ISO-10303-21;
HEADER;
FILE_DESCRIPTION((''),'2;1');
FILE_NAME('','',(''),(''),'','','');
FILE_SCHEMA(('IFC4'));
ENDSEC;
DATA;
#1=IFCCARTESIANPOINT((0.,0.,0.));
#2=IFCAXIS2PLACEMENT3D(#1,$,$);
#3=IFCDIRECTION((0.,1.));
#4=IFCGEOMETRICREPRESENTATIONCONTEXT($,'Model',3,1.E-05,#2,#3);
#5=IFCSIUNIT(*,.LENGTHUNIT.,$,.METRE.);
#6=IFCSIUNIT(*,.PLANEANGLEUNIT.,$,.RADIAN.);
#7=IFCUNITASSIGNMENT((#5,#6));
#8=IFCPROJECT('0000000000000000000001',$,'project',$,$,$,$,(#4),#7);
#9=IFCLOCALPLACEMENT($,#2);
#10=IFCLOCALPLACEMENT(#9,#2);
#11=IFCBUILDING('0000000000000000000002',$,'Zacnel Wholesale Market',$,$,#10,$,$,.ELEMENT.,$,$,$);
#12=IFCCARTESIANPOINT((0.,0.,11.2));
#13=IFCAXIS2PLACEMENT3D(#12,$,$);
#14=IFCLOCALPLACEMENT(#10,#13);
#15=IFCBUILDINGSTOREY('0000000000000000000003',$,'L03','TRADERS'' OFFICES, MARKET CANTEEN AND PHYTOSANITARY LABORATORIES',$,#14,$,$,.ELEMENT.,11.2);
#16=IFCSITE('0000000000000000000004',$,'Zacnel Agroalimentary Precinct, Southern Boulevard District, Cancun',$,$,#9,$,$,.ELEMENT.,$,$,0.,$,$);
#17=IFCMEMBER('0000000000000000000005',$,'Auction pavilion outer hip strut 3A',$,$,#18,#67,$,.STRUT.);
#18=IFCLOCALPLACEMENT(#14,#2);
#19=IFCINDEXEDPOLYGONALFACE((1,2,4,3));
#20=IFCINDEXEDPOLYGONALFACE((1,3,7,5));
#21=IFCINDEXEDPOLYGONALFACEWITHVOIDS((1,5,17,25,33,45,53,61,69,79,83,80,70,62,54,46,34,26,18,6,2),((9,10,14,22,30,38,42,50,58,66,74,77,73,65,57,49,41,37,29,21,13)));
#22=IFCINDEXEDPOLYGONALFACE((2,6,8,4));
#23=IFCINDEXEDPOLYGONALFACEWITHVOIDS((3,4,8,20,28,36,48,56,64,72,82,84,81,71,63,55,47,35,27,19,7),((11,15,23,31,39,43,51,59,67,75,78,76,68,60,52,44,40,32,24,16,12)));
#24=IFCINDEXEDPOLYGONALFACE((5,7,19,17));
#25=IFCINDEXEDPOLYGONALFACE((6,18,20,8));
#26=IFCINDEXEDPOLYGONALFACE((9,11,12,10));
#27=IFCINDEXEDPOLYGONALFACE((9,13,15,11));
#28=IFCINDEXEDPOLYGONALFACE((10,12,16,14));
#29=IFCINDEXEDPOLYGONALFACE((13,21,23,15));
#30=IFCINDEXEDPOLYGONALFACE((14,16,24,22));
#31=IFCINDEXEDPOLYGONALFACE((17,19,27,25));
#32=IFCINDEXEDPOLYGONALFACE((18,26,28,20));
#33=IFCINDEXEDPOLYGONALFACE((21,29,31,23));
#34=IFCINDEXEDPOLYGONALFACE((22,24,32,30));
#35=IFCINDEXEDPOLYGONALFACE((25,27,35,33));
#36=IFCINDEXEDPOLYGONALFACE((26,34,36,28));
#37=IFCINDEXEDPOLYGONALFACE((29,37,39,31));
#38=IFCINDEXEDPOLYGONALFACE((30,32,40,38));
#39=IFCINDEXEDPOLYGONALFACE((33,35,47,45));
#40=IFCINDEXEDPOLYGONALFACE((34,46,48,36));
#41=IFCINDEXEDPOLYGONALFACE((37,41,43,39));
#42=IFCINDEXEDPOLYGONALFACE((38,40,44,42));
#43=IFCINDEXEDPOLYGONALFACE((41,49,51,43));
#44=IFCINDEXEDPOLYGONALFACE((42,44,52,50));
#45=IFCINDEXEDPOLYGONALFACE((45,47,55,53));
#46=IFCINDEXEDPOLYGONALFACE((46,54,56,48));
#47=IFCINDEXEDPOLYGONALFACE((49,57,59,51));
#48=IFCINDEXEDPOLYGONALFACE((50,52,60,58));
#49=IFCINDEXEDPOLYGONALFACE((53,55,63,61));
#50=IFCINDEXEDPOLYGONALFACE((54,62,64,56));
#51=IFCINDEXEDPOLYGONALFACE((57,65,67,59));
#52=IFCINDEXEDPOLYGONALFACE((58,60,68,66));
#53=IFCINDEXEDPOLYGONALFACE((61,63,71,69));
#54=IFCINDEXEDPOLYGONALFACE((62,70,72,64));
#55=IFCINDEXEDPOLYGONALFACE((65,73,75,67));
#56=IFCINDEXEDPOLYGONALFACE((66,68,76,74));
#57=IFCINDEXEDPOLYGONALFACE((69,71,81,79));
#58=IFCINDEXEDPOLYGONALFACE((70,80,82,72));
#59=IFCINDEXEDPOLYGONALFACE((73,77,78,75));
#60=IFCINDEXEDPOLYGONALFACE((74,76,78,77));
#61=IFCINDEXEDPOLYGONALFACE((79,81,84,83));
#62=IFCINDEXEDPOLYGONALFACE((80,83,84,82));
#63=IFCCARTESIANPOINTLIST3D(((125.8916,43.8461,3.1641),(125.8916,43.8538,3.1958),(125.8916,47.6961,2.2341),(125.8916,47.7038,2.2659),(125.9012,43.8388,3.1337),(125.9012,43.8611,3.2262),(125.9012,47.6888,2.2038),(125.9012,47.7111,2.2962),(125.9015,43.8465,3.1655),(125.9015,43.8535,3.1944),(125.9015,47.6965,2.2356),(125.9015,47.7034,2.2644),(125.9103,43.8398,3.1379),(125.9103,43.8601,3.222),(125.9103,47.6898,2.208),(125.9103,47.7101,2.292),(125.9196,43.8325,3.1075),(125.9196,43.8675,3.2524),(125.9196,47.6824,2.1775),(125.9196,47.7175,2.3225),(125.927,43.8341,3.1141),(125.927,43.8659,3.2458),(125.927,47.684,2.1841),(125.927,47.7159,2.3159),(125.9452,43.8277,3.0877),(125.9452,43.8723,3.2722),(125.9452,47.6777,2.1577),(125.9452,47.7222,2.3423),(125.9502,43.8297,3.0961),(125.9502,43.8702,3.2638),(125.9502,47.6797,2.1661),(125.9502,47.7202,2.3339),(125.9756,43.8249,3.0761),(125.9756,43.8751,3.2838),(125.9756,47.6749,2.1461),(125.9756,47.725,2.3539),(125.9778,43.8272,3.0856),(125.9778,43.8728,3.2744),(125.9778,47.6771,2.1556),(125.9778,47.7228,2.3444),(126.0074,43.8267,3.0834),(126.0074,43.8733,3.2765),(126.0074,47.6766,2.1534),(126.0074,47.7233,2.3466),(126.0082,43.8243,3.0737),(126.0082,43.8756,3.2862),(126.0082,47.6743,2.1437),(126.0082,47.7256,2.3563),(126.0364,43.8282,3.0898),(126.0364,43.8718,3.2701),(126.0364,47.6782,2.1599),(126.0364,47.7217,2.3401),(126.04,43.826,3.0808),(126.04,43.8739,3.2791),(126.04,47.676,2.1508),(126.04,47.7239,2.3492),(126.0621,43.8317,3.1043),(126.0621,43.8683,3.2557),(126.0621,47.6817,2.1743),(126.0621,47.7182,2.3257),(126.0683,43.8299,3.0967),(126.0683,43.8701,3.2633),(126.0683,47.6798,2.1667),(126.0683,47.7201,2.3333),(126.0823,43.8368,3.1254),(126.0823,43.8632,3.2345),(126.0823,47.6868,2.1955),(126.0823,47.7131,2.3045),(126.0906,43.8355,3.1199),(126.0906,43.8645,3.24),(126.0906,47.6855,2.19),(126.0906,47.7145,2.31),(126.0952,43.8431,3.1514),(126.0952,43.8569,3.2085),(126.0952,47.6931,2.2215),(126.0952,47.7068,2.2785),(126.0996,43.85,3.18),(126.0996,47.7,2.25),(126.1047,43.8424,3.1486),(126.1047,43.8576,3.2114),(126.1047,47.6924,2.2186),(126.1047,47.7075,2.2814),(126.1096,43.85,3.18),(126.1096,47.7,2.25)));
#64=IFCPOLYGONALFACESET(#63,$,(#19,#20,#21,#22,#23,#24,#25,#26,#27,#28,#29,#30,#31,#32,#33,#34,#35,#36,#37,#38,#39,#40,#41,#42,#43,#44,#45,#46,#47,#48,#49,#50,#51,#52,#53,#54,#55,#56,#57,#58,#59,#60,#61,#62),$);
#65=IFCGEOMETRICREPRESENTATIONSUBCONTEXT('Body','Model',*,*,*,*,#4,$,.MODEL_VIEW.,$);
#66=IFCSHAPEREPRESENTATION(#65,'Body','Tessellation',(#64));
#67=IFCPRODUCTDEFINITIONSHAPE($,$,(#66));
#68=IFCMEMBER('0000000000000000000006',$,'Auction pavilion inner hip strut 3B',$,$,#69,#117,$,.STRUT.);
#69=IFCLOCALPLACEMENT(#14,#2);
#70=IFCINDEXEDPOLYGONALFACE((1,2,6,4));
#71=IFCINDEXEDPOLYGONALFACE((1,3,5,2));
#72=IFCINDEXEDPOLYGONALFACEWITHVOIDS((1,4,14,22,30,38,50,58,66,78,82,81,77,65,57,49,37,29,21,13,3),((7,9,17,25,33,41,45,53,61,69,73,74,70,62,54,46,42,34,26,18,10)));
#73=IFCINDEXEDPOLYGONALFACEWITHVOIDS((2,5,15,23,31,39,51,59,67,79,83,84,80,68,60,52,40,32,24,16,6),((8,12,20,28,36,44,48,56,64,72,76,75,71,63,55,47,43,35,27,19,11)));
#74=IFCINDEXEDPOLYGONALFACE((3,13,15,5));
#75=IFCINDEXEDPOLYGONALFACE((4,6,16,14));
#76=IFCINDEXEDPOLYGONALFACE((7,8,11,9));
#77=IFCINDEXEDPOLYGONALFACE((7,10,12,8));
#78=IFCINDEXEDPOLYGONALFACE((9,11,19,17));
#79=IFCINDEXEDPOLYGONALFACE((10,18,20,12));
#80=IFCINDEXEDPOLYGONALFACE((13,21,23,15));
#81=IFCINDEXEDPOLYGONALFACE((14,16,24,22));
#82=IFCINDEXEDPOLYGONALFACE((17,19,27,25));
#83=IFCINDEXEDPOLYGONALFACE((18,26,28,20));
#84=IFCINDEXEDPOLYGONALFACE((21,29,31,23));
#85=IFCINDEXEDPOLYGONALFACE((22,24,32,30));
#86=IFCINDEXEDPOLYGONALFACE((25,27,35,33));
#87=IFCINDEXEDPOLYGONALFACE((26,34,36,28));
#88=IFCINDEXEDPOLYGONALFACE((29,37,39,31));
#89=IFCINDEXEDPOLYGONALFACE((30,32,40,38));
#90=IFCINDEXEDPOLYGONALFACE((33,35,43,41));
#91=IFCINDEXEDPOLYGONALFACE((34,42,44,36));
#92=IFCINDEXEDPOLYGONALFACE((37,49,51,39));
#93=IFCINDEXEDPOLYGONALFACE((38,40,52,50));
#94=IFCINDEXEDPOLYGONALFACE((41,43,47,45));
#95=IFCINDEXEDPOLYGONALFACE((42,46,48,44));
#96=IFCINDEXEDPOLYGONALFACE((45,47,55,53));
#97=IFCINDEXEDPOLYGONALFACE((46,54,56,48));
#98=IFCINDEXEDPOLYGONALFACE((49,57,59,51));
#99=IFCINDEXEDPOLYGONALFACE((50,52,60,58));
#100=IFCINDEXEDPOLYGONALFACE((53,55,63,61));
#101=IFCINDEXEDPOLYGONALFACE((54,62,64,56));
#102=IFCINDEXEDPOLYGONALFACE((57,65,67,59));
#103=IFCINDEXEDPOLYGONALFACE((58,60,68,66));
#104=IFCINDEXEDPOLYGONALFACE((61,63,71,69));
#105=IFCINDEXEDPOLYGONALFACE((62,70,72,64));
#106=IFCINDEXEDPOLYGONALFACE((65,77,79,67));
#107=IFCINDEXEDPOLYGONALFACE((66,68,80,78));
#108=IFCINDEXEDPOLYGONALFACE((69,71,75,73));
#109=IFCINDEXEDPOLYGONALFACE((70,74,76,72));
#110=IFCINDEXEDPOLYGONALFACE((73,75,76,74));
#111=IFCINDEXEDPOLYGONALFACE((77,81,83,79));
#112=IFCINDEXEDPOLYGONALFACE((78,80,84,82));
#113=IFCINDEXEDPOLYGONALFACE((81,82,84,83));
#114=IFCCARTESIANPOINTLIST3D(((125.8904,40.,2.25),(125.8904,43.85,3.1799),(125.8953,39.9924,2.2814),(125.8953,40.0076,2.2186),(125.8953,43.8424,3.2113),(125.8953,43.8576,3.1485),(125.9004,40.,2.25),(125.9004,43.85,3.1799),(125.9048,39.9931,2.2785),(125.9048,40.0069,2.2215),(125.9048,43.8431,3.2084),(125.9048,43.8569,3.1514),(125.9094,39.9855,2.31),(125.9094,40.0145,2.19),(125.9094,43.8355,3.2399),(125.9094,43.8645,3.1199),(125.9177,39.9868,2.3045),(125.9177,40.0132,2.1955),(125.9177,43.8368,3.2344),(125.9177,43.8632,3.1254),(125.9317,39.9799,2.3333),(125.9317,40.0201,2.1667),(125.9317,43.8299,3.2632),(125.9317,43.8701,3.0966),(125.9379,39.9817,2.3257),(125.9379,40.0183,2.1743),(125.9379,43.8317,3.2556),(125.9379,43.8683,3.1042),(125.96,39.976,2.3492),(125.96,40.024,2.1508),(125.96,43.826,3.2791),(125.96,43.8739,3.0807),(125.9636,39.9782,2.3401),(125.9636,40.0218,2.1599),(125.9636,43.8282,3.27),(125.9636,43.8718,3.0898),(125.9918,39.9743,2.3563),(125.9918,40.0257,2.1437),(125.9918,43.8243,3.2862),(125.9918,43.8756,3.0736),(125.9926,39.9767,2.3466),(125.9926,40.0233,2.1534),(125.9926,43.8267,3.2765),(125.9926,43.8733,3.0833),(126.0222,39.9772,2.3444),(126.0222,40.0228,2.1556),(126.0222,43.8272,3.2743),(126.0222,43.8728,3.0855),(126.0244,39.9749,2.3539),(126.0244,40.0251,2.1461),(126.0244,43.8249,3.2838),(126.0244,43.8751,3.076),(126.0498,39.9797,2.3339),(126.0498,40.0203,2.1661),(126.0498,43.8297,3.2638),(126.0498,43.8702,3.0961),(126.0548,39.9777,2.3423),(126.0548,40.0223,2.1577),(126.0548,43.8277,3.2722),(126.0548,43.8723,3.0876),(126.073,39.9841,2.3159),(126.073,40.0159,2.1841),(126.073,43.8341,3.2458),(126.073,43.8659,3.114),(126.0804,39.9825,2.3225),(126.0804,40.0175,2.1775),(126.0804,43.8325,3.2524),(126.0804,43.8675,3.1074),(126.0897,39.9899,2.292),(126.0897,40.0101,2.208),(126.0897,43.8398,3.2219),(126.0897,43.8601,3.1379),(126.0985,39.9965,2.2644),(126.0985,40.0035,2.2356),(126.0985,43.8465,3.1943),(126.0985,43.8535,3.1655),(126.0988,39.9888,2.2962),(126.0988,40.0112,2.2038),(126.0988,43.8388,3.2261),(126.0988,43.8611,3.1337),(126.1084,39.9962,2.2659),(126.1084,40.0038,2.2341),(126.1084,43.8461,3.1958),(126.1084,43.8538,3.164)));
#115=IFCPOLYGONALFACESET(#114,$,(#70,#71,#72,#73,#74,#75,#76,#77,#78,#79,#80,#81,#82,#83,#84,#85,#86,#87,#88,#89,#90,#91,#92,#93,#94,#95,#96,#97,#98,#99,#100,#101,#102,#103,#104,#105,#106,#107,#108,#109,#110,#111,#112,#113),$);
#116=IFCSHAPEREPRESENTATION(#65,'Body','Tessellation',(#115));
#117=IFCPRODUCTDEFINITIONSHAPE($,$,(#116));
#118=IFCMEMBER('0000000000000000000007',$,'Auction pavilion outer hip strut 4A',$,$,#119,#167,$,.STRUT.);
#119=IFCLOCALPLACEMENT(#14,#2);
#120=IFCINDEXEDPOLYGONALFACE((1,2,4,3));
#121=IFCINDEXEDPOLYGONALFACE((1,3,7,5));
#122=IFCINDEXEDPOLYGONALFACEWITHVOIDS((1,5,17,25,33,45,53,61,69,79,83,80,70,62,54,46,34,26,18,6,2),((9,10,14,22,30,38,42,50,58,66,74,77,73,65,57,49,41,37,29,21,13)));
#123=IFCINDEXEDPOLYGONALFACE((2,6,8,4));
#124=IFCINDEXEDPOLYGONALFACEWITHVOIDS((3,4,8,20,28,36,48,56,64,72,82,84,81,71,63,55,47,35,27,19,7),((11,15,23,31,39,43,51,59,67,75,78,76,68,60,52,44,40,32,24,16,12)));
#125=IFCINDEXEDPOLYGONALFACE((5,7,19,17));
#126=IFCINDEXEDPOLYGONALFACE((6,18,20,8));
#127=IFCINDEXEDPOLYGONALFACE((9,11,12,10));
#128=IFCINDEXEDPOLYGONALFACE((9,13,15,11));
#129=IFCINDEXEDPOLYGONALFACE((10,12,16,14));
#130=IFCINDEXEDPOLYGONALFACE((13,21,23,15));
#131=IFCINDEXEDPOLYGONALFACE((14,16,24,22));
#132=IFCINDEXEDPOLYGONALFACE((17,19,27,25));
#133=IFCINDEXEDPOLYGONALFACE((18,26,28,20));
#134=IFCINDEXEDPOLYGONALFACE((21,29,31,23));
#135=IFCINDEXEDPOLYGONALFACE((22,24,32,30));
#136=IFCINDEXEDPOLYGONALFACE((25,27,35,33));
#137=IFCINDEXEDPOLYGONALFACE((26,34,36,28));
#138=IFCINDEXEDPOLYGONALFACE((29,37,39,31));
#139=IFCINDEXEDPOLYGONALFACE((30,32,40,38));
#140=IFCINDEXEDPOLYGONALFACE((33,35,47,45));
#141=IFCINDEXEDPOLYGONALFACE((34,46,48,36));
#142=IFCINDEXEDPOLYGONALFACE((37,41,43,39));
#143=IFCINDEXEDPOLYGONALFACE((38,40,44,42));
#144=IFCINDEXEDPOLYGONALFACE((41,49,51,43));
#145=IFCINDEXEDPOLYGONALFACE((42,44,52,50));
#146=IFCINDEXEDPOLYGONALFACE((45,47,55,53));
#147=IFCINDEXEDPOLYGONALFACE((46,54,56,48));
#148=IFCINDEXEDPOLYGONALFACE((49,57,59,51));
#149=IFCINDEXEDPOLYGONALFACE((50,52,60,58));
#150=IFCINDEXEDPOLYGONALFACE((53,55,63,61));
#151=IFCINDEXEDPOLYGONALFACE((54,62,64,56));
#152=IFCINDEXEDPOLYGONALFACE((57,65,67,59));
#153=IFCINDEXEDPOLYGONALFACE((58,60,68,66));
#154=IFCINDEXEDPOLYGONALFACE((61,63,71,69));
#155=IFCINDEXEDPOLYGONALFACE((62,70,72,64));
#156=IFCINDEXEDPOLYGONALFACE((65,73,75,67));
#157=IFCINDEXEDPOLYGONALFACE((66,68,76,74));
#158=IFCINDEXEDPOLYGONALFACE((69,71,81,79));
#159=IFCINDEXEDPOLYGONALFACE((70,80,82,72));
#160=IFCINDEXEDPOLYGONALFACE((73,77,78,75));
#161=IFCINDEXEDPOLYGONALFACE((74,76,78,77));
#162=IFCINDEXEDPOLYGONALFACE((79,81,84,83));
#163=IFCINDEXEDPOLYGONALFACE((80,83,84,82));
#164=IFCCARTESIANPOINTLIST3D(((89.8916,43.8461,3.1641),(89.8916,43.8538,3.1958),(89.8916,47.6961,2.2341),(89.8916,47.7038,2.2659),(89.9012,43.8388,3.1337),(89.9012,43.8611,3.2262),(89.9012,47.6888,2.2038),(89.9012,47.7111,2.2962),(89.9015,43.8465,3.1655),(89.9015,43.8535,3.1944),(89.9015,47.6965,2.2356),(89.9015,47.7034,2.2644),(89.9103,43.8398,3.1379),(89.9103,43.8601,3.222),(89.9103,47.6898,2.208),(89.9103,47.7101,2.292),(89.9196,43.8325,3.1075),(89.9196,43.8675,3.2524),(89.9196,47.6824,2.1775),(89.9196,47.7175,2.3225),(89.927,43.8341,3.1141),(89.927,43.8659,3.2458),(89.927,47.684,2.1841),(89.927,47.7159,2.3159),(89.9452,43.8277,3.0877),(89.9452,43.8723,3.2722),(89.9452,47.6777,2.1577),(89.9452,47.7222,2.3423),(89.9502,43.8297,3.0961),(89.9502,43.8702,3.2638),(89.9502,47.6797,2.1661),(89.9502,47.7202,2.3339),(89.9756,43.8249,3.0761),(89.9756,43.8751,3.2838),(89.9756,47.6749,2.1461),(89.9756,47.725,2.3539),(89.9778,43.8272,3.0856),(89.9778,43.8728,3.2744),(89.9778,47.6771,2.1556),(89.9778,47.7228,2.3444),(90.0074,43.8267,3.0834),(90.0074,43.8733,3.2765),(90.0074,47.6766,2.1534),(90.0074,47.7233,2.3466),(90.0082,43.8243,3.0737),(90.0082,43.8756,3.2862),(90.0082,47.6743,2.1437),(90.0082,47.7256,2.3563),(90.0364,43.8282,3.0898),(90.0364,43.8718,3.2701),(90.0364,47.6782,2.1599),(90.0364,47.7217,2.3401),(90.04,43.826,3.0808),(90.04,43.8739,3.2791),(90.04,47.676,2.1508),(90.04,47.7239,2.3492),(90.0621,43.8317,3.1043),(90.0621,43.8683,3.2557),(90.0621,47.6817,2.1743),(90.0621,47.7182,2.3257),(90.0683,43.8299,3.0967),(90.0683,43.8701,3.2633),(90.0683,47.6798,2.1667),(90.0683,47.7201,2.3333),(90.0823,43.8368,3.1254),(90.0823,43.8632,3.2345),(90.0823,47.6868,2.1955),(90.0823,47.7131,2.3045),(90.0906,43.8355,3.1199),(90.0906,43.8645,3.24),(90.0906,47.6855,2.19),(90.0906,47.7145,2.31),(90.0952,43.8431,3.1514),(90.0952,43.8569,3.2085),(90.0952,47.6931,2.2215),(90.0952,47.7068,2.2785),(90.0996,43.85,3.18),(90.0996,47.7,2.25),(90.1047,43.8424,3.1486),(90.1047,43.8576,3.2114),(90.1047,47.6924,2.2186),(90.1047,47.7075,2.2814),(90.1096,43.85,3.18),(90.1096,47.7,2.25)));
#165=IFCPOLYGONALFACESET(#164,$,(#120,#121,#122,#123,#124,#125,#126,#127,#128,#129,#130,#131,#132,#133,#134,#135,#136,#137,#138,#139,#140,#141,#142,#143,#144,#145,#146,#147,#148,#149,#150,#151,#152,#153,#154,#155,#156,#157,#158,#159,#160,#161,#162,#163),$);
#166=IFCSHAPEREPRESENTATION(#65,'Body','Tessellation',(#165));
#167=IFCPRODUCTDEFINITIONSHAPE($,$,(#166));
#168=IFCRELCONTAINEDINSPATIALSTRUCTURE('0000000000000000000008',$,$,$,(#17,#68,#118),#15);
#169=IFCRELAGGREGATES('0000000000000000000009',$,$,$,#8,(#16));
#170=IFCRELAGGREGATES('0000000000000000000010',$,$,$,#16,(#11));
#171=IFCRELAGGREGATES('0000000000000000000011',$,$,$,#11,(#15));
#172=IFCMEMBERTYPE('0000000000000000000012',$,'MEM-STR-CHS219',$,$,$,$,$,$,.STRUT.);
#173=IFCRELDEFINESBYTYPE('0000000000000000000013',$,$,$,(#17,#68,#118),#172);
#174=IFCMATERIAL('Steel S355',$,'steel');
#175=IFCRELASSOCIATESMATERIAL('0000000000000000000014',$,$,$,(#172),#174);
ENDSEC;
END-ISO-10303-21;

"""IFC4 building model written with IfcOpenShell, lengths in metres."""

from ifc_helpers import new_model, si_unit, direction, frame, origin, origin_2d, place, context, subcontext, project, spatial, hollow_circle, extrude, material, material_profile, profile_set, type_object, element, save


model = new_model("IFC4")

# Units and contexts
model_context = context("Model", 3, precision=1e-05, world=origin(), true_north=direction((0.0, 1.0)))
body_context = subcontext(model_context, "Body", "Model", "MODEL_VIEW")
ifc_project = project(units=[si_unit("LENGTHUNIT", "METRE"), si_unit("PLANEANGLEUNIT", "RADIAN")], contexts=[model_context])

# Site, building, storey
site_placement = place(None, origin())
site = spatial("IfcSite", under=ifc_project, at=site_placement, Name="Zacnel Agroalimentary Precinct, Southern Boulevard District, Cancun", CompositionType="ELEMENT", RefElevation=0.0)
building_placement = place(site_placement, origin())
building = spatial("IfcBuilding", under=site, at=building_placement, Name="Zacnel Wholesale Market", CompositionType="ELEMENT")
storey_placement = place(building_placement, frame((0.0, 0.0, 11.2)))
storey = spatial("IfcBuildingStorey", under=building, at=storey_placement, Name="L03", Description="TRADERS' OFFICES, MARKET CANTEEN AND PHYTOSANITARY LABORATORIES", CompositionType="ELEMENT", Elevation=11.2)

# Members
ifc_material_1 = material(Name="Steel S355", Category="steel")
ifc_material_profile_1 = material_profile(ifc_material_1, hollow_circle(Radius=0.1096, WallThickness=0.01, at=origin_2d()), Name="CHS 219.1x10")
ifc_profile_set_1 = profile_set([ifc_material_profile_1], Name="Steel S355")
member_type = type_object("IfcMemberType", Name="MEM-STR-CHS219", PredefinedType="STRUT", material=ifc_profile_set_1)
for number, where, z_axis, x_axis, name in (
    (1, (126.0, 47.7, 2.25), (0.0, -0.972044, 0.234797), (1.0, 0.0, 0.0), "Auction pavilion outer hip strut 3A"),
    (2, (126.0, 40.0, 2.25), (0.0, 0.972048, 0.234783), (-1.0, 0.0, 0.0), "Auction pavilion inner hip strut 3B"),
    (3, (90.0, 47.7, 2.25), (0.0, -0.972044, 0.234797), (1.0, 0.0, 0.0), "Auction pavilion outer hip strut 4A"),
):
    element("IfcMember", number, at=place(storey_placement, frame(where, z_axis=z_axis, x_axis=x_axis)), inside=storey, type_object=member_type, Name=name, PredefinedType="STRUT", context=body_context, shape_type="SweptSolid", body=[
        extrude(hollow_circle(Radius=0.1096, WallThickness=0.01, at=origin_2d()), origin(), (0.0, 0.0, 1.0), 3.9607),
    ])

save(model, "model.ifc")
